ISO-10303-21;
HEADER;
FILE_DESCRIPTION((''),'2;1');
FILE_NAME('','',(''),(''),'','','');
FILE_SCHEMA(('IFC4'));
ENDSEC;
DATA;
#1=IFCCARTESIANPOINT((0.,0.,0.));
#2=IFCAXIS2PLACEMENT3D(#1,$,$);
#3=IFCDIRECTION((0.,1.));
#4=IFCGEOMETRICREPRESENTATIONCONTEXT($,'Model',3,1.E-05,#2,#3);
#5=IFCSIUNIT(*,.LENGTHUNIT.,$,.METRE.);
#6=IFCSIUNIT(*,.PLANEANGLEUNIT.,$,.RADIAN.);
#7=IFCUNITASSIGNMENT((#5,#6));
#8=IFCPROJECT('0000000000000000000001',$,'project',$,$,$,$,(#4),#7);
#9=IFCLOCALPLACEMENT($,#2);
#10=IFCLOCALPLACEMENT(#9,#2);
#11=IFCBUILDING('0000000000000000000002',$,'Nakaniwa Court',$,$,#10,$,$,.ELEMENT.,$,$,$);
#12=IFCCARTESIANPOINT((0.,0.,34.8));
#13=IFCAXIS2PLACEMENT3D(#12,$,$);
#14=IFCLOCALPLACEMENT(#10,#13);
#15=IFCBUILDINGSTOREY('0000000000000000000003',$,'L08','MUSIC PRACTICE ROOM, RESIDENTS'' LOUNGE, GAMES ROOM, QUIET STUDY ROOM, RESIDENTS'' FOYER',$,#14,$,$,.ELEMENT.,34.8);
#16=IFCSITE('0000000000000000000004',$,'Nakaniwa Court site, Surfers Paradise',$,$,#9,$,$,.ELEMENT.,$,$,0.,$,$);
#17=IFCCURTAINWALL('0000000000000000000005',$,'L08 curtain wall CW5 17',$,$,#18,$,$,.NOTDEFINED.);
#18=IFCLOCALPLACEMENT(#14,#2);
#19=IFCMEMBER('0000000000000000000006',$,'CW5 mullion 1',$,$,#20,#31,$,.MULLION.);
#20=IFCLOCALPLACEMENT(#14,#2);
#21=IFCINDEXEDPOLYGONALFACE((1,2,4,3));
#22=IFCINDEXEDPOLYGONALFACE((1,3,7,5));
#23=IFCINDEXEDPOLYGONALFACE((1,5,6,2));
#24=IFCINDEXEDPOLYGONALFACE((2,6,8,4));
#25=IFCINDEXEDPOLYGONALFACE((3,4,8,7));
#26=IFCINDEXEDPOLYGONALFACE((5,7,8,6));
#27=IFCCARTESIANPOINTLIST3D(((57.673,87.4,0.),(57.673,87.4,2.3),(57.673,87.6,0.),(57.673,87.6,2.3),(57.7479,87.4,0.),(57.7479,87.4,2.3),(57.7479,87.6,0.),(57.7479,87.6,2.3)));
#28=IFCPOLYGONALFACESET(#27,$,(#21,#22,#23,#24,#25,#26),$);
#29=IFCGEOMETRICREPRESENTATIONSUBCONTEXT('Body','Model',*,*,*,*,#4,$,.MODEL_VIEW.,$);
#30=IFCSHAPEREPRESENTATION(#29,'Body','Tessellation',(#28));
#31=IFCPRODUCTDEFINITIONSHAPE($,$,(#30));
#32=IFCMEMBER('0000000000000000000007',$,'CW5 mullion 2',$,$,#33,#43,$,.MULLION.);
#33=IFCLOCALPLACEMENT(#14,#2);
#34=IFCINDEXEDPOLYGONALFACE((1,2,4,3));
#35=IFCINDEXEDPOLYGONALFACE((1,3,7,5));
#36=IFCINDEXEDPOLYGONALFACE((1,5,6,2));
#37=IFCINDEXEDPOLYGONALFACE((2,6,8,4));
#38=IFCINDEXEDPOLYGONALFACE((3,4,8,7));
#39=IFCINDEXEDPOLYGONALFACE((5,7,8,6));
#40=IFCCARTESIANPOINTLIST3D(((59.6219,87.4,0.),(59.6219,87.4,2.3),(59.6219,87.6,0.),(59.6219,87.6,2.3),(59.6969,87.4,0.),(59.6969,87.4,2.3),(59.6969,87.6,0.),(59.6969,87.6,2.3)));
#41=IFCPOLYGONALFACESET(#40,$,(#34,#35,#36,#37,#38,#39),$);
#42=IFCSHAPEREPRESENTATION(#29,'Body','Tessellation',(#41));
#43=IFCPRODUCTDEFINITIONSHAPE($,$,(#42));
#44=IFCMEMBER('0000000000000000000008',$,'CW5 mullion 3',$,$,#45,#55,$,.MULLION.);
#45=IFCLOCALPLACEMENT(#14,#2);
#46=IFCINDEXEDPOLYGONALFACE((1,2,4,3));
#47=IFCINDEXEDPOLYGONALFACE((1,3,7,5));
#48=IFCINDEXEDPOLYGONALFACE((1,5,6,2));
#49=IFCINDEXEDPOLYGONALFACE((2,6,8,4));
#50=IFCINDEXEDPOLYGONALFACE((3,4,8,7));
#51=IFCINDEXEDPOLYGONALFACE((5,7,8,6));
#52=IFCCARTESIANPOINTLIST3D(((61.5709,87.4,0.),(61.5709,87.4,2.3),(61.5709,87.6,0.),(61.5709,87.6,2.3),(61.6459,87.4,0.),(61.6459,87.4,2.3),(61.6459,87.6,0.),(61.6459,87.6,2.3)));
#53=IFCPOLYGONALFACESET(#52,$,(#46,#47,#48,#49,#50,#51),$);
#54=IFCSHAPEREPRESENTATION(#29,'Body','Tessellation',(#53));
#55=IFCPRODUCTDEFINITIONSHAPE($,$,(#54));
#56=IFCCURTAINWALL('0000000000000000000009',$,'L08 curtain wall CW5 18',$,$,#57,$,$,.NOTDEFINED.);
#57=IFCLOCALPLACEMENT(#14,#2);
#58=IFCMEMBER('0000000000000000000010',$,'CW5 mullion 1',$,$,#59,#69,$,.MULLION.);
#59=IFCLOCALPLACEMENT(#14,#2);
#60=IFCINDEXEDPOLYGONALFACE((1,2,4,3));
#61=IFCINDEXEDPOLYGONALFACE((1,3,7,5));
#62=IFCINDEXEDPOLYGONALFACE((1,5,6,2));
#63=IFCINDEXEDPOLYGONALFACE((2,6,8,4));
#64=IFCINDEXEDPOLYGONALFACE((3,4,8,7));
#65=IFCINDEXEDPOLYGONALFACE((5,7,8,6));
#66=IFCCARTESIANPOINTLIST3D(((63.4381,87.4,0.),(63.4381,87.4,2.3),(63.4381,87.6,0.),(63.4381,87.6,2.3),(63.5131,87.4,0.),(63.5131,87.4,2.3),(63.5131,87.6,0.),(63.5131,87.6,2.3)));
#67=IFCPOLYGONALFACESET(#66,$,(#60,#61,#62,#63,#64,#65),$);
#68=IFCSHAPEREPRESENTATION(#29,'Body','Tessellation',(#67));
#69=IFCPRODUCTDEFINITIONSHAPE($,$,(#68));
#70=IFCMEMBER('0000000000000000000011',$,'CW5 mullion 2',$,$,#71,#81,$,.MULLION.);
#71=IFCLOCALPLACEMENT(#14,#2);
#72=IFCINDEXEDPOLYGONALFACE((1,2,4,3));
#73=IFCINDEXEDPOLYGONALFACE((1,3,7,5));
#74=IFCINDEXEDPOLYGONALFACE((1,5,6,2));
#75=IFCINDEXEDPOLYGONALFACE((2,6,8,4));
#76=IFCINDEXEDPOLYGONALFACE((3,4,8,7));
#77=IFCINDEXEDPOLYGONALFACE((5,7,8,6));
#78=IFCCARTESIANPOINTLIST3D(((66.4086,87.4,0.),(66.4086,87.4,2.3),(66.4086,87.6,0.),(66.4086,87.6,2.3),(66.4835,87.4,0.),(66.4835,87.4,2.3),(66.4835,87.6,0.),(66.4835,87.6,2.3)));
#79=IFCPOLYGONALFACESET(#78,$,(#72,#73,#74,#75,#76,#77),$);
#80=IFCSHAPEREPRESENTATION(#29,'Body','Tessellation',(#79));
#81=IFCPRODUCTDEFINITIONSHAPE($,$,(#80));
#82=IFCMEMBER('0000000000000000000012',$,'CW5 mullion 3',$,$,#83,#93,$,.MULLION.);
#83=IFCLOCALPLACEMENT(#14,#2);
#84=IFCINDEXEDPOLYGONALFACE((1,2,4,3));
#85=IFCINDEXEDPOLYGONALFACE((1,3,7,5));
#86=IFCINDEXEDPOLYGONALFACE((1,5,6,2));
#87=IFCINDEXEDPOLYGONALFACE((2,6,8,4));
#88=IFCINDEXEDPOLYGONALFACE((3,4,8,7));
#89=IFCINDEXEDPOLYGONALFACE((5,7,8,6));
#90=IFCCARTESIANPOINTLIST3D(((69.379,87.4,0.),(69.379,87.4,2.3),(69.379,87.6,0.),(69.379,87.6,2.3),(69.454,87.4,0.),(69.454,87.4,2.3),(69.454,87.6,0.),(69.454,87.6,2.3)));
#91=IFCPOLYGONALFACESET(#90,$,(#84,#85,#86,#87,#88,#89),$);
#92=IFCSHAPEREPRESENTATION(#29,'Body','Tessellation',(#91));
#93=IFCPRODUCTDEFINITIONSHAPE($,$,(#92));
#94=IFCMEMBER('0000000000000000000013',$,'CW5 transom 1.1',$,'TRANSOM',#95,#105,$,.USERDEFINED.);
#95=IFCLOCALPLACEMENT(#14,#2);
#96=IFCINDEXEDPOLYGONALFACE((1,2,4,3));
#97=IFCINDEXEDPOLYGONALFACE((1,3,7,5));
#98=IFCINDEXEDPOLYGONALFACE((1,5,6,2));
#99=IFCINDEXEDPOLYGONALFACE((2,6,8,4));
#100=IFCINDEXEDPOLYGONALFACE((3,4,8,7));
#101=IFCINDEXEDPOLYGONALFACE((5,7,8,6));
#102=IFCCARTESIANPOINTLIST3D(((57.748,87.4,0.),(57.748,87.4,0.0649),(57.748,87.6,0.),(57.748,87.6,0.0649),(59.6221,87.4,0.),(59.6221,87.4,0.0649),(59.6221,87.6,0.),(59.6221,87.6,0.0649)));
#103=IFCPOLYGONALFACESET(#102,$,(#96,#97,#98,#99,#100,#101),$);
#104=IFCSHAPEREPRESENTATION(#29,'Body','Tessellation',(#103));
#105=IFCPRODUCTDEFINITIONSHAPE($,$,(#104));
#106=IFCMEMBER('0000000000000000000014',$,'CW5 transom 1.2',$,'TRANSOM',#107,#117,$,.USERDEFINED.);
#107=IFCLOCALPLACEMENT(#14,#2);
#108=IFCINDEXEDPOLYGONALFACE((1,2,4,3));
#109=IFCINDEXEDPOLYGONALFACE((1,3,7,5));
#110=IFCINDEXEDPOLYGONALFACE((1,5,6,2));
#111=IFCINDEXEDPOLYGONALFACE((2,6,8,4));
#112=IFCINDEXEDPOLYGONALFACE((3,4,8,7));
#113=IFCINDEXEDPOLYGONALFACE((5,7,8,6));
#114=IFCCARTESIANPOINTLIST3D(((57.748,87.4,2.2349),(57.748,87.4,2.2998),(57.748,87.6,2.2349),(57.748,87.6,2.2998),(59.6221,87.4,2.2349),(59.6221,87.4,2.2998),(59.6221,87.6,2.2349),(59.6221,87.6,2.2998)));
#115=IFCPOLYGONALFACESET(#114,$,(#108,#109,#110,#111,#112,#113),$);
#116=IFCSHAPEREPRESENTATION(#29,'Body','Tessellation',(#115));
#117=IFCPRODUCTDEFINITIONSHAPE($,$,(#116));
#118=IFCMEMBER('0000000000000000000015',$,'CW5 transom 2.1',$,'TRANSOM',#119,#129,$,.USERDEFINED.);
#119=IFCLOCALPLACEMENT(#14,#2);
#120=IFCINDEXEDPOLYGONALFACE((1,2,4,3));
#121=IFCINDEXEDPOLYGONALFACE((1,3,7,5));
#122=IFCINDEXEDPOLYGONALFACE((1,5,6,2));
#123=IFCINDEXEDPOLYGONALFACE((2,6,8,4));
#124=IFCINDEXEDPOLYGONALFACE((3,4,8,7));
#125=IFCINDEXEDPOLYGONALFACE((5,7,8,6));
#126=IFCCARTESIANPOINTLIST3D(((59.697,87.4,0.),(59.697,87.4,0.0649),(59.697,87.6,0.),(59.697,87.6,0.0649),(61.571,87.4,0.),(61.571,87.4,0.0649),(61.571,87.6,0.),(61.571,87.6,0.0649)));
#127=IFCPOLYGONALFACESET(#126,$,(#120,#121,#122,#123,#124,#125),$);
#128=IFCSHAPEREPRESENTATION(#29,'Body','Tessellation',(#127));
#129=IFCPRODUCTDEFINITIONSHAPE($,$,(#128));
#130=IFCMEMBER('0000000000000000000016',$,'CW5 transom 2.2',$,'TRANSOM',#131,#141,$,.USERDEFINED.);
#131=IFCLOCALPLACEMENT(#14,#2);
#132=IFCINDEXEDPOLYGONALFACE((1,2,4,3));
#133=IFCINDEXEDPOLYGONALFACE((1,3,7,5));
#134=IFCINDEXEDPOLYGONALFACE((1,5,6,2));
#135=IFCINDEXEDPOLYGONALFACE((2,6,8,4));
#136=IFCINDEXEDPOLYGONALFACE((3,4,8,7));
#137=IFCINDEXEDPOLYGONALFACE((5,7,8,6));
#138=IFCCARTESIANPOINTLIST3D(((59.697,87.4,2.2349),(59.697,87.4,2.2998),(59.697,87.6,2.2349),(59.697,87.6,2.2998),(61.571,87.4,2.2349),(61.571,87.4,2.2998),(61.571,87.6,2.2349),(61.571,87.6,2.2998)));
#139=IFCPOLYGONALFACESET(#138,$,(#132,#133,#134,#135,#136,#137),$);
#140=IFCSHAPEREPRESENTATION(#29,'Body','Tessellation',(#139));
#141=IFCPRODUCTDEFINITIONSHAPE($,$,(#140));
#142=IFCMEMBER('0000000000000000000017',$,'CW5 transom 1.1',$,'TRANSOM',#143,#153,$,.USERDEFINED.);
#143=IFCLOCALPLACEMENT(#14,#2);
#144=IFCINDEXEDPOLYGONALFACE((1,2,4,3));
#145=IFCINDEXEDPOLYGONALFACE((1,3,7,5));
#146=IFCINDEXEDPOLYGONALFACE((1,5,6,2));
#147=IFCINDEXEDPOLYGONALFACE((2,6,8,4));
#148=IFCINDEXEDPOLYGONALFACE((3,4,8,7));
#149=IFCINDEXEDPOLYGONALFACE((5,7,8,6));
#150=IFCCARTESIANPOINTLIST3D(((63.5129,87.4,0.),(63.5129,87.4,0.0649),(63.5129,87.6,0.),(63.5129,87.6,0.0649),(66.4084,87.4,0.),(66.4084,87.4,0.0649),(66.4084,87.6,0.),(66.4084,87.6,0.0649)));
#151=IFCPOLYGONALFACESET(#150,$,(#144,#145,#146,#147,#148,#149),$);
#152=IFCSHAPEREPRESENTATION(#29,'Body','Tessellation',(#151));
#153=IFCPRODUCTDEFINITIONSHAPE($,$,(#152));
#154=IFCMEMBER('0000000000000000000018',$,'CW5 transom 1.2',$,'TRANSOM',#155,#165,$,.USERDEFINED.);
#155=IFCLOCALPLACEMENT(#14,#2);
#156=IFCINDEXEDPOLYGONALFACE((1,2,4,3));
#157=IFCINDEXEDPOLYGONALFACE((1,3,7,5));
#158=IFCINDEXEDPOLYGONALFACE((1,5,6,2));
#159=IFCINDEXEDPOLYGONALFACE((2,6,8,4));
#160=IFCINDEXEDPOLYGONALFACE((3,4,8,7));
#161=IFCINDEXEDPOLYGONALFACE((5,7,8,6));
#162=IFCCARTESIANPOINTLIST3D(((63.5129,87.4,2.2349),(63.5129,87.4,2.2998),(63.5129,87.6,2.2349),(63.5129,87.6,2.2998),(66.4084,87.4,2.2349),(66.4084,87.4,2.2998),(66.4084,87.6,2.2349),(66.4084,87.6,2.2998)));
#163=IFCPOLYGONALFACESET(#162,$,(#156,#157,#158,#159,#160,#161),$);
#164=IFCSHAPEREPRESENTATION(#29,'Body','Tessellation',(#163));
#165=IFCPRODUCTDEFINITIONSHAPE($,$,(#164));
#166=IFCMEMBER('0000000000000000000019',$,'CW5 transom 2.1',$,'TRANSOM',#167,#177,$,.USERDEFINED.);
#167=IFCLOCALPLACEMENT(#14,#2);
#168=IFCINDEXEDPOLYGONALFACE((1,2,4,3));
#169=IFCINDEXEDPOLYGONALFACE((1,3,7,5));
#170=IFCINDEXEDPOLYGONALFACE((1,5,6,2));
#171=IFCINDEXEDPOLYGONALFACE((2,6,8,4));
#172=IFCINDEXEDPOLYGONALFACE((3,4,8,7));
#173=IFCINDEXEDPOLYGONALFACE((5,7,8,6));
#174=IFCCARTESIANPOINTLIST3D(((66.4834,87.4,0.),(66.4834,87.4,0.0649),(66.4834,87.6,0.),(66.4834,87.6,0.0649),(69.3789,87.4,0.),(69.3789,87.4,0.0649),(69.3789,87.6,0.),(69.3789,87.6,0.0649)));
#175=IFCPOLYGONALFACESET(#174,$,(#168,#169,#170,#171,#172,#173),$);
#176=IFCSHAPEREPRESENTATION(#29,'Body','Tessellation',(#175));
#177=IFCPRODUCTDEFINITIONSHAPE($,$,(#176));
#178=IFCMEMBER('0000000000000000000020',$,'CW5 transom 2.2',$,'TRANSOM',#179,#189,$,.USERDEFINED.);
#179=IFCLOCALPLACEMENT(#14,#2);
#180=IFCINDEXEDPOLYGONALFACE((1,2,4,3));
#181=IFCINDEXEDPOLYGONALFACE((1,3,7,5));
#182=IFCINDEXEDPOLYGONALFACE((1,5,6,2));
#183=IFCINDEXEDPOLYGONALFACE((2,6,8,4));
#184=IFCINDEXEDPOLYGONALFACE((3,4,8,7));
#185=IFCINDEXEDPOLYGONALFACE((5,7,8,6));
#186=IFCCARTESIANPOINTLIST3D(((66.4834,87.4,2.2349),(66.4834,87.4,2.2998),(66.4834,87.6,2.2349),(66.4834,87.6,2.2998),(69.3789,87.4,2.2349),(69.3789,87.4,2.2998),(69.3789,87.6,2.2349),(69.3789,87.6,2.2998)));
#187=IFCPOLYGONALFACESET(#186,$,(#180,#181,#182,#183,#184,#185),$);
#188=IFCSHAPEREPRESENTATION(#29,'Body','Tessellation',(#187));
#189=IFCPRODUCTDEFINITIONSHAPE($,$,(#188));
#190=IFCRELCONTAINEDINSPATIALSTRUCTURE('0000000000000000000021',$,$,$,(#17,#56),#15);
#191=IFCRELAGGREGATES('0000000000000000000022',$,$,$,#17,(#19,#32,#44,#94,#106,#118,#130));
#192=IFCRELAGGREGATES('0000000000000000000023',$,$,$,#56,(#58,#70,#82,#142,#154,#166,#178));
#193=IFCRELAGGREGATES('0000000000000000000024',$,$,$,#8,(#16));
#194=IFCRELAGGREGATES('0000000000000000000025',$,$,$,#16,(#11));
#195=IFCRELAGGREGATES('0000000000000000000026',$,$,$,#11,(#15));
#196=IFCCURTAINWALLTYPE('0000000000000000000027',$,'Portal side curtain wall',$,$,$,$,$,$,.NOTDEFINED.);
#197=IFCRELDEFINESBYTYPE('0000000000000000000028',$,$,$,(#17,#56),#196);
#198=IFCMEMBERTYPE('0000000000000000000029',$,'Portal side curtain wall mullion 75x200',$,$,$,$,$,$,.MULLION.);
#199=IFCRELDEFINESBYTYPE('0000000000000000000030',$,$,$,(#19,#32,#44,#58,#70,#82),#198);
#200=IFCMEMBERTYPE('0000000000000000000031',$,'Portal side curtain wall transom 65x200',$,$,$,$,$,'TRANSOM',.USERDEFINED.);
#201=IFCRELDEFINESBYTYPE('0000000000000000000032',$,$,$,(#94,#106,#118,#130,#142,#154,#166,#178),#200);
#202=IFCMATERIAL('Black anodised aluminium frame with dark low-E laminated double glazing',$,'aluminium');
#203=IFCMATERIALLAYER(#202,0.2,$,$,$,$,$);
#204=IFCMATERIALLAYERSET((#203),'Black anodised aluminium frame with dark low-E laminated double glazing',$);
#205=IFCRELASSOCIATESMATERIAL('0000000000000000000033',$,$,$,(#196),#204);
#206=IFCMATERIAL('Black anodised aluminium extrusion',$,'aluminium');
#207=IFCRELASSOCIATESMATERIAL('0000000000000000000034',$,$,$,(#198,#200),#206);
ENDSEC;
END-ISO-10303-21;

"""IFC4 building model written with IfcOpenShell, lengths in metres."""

from ifc_helpers import new_model, si_unit, direction, frame, origin, origin_2d, place, context, subcontext, project, spatial, rectangle, extrude, material, layer, layer_set, material_profile, profile_set, type_object, element, aggregate, save


model = new_model("IFC4")

# Units and contexts
model_context = context("Model", 3, precision=1e-05, world=origin(), true_north=direction((0.0, 1.0)))
body_context = subcontext(model_context, "Body", "Model", "MODEL_VIEW")
ifc_project = project(units=[si_unit("LENGTHUNIT", "METRE"), si_unit("PLANEANGLEUNIT", "RADIAN")], contexts=[model_context])

# Site, building, storey
site_placement = place(None, origin())
site = spatial("IfcSite", under=ifc_project, at=site_placement, Name="Nakaniwa Court site, Surfers Paradise", CompositionType="ELEMENT", RefElevation=0.0)
building_placement = place(site_placement, origin())
building = spatial("IfcBuilding", under=site, at=building_placement, Name="Nakaniwa Court", CompositionType="ELEMENT")
storey_placement = place(building_placement, frame((0.0, 0.0, 34.8)))
storey = spatial("IfcBuildingStorey", under=building, at=storey_placement, Name="L08", Description="MUSIC PRACTICE ROOM, RESIDENTS' LOUNGE, GAMES ROOM, QUIET STUDY ROOM, RESIDENTS' FOYER", CompositionType="ELEMENT", Elevation=34.8)

# Curtain walls, members
ifc_material_1 = material(Name="Black anodised aluminium frame with dark low-E laminated double glazing", Category="aluminium")
ifc_layer_1 = layer(ifc_material_1, 0.2)
ifc_layer_set_1 = layer_set([ifc_layer_1], Name="Black anodised aluminium frame with dark low-E laminated double glazing")
curtain_wall_type = type_object("IfcCurtainWallType", Name="Portal side curtain wall", PredefinedType="NOTDEFINED", material=ifc_layer_set_1)
curtain_wall_1_placement = place(storey_placement, origin())
curtain_wall_1 = element("IfcCurtainWall", 1, at=curtain_wall_1_placement, inside=storey, type_object=curtain_wall_type, Name="L08 curtain wall CW5 17", PredefinedType="NOTDEFINED")
ifc_material_2 = material(Name="Black anodised aluminium extrusion", Category="aluminium")
ifc_material_profile_1 = material_profile(ifc_material_2, rectangle(XDim=0.2, YDim=0.075, at=origin_2d()), Name="Portal side curtain wall mullion 75x200")
ifc_profile_set_1 = profile_set([ifc_material_profile_1], Name="Black anodised aluminium extrusion")
member_type_1 = type_object("IfcMemberType", Name="Portal side curtain wall mullion 75x200", PredefinedType="MULLION", material=ifc_profile_set_1)
member_1_placement = place(storey_placement, frame((57.7104, 87.5, 0.0), z_axis=(0.0, 0.0, 1.0), x_axis=(0.0, 1.0, 0.0)))
member_1 = element("IfcMember", 2, at=member_1_placement, type_object=member_type_1, Name="CW5 mullion 1", PredefinedType="MULLION", context=body_context, shape_type="SweptSolid", body=[
    extrude(rectangle(XDim=0.2, YDim=0.075, at=origin_2d()), origin(), (0.0, 0.0, 1.0), 2.3),
])
member_2_placement = place(storey_placement, frame((59.6594, 87.5, 0.0), z_axis=(0.0, 0.0, 1.0), x_axis=(0.0, 1.0, 0.0)))
member_2 = element("IfcMember", 3, at=member_2_placement, type_object=member_type_1, Name="CW5 mullion 2", PredefinedType="MULLION", context=body_context, shape_type="SweptSolid", body=[
    extrude(rectangle(XDim=0.2, YDim=0.075, at=origin_2d()), origin(), (0.0, 0.0, 1.0), 2.3),
])
member_3_placement = place(storey_placement, frame((61.6084, 87.5, 0.0), z_axis=(0.0, 0.0, 1.0), x_axis=(0.0, 1.0, 0.0)))
member_3 = element("IfcMember", 4, at=member_3_placement, type_object=member_type_1, Name="CW5 mullion 3", PredefinedType="MULLION", context=body_context, shape_type="SweptSolid", body=[
    extrude(rectangle(XDim=0.2, YDim=0.075, at=origin_2d()), origin(), (0.0, 0.0, 1.0), 2.3),
])
curtain_wall_2_placement = place(storey_placement, origin())
curtain_wall_2 = element("IfcCurtainWall", 5, at=curtain_wall_2_placement, inside=storey, type_object=curtain_wall_type, Name="L08 curtain wall CW5 18", PredefinedType="NOTDEFINED")
member_4_placement = place(storey_placement, frame((63.4756, 87.5, 0.0), z_axis=(0.0, 0.0, 1.0), x_axis=(0.0, 1.0, 0.0)))
member_4 = element("IfcMember", 6, at=member_4_placement, type_object=member_type_1, Name="CW5 mullion 1", PredefinedType="MULLION", context=body_context, shape_type="SweptSolid", body=[
    extrude(rectangle(XDim=0.2, YDim=0.075, at=origin_2d()), origin(), (0.0, 0.0, 1.0), 2.3),
])
member_5_placement = place(storey_placement, frame((66.446, 87.5, 0.0), z_axis=(0.0, 0.0, 1.0), x_axis=(0.0, 1.0, 0.0)))
member_5 = element("IfcMember", 7, at=member_5_placement, type_object=member_type_1, Name="CW5 mullion 2", PredefinedType="MULLION", context=body_context, shape_type="SweptSolid", body=[
    extrude(rectangle(XDim=0.2, YDim=0.075, at=origin_2d()), origin(), (0.0, 0.0, 1.0), 2.3),
])
member_6_placement = place(storey_placement, frame((69.4165, 87.5, 0.0), z_axis=(0.0, 0.0, 1.0), x_axis=(0.0, 1.0, 0.0)))
member_6 = element("IfcMember", 8, at=member_6_placement, type_object=member_type_1, Name="CW5 mullion 3", PredefinedType="MULLION", context=body_context, shape_type="SweptSolid", body=[
    extrude(rectangle(XDim=0.2, YDim=0.075, at=origin_2d()), origin(), (0.0, 0.0, 1.0), 2.3),
])

# Members
ifc_material_profile_2 = material_profile(ifc_material_2, rectangle(XDim=0.2, YDim=0.0649, at=origin_2d()), Name="Portal side curtain wall transom 65x200")
ifc_profile_set_2 = profile_set([ifc_material_profile_2], Name="Black anodised aluminium extrusion")
member_type_2 = type_object("IfcMemberType", Name="Portal side curtain wall transom 65x200", ElementType="TRANSOM", PredefinedType="USERDEFINED", material=ifc_profile_set_2)
member_7_placement = place(storey_placement, frame((57.748, 87.5, 0.0325), z_axis=(1.0, 0.0, 0.0), x_axis=(0.0, 1.0, 0.0)))
member_7 = element("IfcMember", 9, at=member_7_placement, type_object=member_type_2, Name="CW5 transom 1.1", ObjectType="TRANSOM", PredefinedType="USERDEFINED", context=body_context, shape_type="SweptSolid", body=[
    extrude(rectangle(XDim=0.2, YDim=0.0649, at=origin_2d()), origin(), (0.0, 0.0, 1.0), 1.874),
])
member_8_placement = place(storey_placement, frame((57.748, 87.5, 2.2673), z_axis=(1.0, 0.0, 0.0), x_axis=(0.0, 1.0, 0.0)))
member_8 = element("IfcMember", 10, at=member_8_placement, type_object=member_type_2, Name="CW5 transom 1.2", ObjectType="TRANSOM", PredefinedType="USERDEFINED", context=body_context, shape_type="SweptSolid", body=[
    extrude(rectangle(XDim=0.2, YDim=0.0649, at=origin_2d()), origin(), (0.0, 0.0, 1.0), 1.874),
])
member_9_placement = place(storey_placement, frame((59.697, 87.5, 0.0325), z_axis=(1.0, 0.0, 0.0), x_axis=(0.0, 1.0, 0.0)))
member_9 = element("IfcMember", 11, at=member_9_placement, type_object=member_type_2, Name="CW5 transom 2.1", ObjectType="TRANSOM", PredefinedType="USERDEFINED", context=body_context, shape_type="SweptSolid", body=[
    extrude(rectangle(XDim=0.2, YDim=0.0649, at=origin_2d()), origin(), (0.0, 0.0, 1.0), 1.874),
])
member_10_placement = place(storey_placement, frame((59.697, 87.5, 2.2673), z_axis=(1.0, 0.0, 0.0), x_axis=(0.0, 1.0, 0.0)))
member_10 = element("IfcMember", 12, at=member_10_placement, type_object=member_type_2, Name="CW5 transom 2.2", ObjectType="TRANSOM", PredefinedType="USERDEFINED", context=body_context, shape_type="SweptSolid", body=[
    extrude(rectangle(XDim=0.2, YDim=0.0649, at=origin_2d()), origin(), (0.0, 0.0, 1.0), 1.874),
])
member_11_placement = place(storey_placement, frame((63.5129, 87.5, 0.0325), z_axis=(1.0, 0.0, 0.0), x_axis=(0.0, 1.0, 0.0)))
member_11 = element("IfcMember", 13, at=member_11_placement, type_object=member_type_2, Name="CW5 transom 1.1", ObjectType="TRANSOM", PredefinedType="USERDEFINED", context=body_context, shape_type="SweptSolid", body=[
    extrude(rectangle(XDim=0.2, YDim=0.0649, at=origin_2d()), origin(), (0.0, 0.0, 1.0), 2.8955),
])
member_12_placement = place(storey_placement, frame((63.5129, 87.5, 2.2673), z_axis=(1.0, 0.0, 0.0), x_axis=(0.0, 1.0, 0.0)))
member_12 = element("IfcMember", 14, at=member_12_placement, type_object=member_type_2, Name="CW5 transom 1.2", ObjectType="TRANSOM", PredefinedType="USERDEFINED", context=body_context, shape_type="SweptSolid", body=[
    extrude(rectangle(XDim=0.2, YDim=0.0649, at=origin_2d()), origin(), (0.0, 0.0, 1.0), 2.8955),
])
member_13_placement = place(storey_placement, frame((66.4834, 87.5, 0.0325), z_axis=(1.0, 0.0, 0.0), x_axis=(0.0, 1.0, 0.0)))
member_13 = element("IfcMember", 15, at=member_13_placement, type_object=member_type_2, Name="CW5 transom 2.1", ObjectType="TRANSOM", PredefinedType="USERDEFINED", context=body_context, shape_type="SweptSolid", body=[
    extrude(rectangle(XDim=0.2, YDim=0.0649, at=origin_2d()), origin(), (0.0, 0.0, 1.0), 2.8955),
])
member_14_placement = place(storey_placement, frame((66.4834, 87.5, 2.2673), z_axis=(1.0, 0.0, 0.0), x_axis=(0.0, 1.0, 0.0)))
member_14 = element("IfcMember", 16, at=member_14_placement, type_object=member_type_2, Name="CW5 transom 2.2", ObjectType="TRANSOM", PredefinedType="USERDEFINED", context=body_context, shape_type="SweptSolid", body=[
    extrude(rectangle(XDim=0.2, YDim=0.0649, at=origin_2d()), origin(), (0.0, 0.0, 1.0), 2.8955),
])

aggregate(curtain_wall_1, [member_1, member_2, member_3, member_7, member_8, member_9, member_10])
aggregate(curtain_wall_2, [member_4, member_5, member_6, member_11, member_12, member_13, member_14])

save(model, "model.ifc")
